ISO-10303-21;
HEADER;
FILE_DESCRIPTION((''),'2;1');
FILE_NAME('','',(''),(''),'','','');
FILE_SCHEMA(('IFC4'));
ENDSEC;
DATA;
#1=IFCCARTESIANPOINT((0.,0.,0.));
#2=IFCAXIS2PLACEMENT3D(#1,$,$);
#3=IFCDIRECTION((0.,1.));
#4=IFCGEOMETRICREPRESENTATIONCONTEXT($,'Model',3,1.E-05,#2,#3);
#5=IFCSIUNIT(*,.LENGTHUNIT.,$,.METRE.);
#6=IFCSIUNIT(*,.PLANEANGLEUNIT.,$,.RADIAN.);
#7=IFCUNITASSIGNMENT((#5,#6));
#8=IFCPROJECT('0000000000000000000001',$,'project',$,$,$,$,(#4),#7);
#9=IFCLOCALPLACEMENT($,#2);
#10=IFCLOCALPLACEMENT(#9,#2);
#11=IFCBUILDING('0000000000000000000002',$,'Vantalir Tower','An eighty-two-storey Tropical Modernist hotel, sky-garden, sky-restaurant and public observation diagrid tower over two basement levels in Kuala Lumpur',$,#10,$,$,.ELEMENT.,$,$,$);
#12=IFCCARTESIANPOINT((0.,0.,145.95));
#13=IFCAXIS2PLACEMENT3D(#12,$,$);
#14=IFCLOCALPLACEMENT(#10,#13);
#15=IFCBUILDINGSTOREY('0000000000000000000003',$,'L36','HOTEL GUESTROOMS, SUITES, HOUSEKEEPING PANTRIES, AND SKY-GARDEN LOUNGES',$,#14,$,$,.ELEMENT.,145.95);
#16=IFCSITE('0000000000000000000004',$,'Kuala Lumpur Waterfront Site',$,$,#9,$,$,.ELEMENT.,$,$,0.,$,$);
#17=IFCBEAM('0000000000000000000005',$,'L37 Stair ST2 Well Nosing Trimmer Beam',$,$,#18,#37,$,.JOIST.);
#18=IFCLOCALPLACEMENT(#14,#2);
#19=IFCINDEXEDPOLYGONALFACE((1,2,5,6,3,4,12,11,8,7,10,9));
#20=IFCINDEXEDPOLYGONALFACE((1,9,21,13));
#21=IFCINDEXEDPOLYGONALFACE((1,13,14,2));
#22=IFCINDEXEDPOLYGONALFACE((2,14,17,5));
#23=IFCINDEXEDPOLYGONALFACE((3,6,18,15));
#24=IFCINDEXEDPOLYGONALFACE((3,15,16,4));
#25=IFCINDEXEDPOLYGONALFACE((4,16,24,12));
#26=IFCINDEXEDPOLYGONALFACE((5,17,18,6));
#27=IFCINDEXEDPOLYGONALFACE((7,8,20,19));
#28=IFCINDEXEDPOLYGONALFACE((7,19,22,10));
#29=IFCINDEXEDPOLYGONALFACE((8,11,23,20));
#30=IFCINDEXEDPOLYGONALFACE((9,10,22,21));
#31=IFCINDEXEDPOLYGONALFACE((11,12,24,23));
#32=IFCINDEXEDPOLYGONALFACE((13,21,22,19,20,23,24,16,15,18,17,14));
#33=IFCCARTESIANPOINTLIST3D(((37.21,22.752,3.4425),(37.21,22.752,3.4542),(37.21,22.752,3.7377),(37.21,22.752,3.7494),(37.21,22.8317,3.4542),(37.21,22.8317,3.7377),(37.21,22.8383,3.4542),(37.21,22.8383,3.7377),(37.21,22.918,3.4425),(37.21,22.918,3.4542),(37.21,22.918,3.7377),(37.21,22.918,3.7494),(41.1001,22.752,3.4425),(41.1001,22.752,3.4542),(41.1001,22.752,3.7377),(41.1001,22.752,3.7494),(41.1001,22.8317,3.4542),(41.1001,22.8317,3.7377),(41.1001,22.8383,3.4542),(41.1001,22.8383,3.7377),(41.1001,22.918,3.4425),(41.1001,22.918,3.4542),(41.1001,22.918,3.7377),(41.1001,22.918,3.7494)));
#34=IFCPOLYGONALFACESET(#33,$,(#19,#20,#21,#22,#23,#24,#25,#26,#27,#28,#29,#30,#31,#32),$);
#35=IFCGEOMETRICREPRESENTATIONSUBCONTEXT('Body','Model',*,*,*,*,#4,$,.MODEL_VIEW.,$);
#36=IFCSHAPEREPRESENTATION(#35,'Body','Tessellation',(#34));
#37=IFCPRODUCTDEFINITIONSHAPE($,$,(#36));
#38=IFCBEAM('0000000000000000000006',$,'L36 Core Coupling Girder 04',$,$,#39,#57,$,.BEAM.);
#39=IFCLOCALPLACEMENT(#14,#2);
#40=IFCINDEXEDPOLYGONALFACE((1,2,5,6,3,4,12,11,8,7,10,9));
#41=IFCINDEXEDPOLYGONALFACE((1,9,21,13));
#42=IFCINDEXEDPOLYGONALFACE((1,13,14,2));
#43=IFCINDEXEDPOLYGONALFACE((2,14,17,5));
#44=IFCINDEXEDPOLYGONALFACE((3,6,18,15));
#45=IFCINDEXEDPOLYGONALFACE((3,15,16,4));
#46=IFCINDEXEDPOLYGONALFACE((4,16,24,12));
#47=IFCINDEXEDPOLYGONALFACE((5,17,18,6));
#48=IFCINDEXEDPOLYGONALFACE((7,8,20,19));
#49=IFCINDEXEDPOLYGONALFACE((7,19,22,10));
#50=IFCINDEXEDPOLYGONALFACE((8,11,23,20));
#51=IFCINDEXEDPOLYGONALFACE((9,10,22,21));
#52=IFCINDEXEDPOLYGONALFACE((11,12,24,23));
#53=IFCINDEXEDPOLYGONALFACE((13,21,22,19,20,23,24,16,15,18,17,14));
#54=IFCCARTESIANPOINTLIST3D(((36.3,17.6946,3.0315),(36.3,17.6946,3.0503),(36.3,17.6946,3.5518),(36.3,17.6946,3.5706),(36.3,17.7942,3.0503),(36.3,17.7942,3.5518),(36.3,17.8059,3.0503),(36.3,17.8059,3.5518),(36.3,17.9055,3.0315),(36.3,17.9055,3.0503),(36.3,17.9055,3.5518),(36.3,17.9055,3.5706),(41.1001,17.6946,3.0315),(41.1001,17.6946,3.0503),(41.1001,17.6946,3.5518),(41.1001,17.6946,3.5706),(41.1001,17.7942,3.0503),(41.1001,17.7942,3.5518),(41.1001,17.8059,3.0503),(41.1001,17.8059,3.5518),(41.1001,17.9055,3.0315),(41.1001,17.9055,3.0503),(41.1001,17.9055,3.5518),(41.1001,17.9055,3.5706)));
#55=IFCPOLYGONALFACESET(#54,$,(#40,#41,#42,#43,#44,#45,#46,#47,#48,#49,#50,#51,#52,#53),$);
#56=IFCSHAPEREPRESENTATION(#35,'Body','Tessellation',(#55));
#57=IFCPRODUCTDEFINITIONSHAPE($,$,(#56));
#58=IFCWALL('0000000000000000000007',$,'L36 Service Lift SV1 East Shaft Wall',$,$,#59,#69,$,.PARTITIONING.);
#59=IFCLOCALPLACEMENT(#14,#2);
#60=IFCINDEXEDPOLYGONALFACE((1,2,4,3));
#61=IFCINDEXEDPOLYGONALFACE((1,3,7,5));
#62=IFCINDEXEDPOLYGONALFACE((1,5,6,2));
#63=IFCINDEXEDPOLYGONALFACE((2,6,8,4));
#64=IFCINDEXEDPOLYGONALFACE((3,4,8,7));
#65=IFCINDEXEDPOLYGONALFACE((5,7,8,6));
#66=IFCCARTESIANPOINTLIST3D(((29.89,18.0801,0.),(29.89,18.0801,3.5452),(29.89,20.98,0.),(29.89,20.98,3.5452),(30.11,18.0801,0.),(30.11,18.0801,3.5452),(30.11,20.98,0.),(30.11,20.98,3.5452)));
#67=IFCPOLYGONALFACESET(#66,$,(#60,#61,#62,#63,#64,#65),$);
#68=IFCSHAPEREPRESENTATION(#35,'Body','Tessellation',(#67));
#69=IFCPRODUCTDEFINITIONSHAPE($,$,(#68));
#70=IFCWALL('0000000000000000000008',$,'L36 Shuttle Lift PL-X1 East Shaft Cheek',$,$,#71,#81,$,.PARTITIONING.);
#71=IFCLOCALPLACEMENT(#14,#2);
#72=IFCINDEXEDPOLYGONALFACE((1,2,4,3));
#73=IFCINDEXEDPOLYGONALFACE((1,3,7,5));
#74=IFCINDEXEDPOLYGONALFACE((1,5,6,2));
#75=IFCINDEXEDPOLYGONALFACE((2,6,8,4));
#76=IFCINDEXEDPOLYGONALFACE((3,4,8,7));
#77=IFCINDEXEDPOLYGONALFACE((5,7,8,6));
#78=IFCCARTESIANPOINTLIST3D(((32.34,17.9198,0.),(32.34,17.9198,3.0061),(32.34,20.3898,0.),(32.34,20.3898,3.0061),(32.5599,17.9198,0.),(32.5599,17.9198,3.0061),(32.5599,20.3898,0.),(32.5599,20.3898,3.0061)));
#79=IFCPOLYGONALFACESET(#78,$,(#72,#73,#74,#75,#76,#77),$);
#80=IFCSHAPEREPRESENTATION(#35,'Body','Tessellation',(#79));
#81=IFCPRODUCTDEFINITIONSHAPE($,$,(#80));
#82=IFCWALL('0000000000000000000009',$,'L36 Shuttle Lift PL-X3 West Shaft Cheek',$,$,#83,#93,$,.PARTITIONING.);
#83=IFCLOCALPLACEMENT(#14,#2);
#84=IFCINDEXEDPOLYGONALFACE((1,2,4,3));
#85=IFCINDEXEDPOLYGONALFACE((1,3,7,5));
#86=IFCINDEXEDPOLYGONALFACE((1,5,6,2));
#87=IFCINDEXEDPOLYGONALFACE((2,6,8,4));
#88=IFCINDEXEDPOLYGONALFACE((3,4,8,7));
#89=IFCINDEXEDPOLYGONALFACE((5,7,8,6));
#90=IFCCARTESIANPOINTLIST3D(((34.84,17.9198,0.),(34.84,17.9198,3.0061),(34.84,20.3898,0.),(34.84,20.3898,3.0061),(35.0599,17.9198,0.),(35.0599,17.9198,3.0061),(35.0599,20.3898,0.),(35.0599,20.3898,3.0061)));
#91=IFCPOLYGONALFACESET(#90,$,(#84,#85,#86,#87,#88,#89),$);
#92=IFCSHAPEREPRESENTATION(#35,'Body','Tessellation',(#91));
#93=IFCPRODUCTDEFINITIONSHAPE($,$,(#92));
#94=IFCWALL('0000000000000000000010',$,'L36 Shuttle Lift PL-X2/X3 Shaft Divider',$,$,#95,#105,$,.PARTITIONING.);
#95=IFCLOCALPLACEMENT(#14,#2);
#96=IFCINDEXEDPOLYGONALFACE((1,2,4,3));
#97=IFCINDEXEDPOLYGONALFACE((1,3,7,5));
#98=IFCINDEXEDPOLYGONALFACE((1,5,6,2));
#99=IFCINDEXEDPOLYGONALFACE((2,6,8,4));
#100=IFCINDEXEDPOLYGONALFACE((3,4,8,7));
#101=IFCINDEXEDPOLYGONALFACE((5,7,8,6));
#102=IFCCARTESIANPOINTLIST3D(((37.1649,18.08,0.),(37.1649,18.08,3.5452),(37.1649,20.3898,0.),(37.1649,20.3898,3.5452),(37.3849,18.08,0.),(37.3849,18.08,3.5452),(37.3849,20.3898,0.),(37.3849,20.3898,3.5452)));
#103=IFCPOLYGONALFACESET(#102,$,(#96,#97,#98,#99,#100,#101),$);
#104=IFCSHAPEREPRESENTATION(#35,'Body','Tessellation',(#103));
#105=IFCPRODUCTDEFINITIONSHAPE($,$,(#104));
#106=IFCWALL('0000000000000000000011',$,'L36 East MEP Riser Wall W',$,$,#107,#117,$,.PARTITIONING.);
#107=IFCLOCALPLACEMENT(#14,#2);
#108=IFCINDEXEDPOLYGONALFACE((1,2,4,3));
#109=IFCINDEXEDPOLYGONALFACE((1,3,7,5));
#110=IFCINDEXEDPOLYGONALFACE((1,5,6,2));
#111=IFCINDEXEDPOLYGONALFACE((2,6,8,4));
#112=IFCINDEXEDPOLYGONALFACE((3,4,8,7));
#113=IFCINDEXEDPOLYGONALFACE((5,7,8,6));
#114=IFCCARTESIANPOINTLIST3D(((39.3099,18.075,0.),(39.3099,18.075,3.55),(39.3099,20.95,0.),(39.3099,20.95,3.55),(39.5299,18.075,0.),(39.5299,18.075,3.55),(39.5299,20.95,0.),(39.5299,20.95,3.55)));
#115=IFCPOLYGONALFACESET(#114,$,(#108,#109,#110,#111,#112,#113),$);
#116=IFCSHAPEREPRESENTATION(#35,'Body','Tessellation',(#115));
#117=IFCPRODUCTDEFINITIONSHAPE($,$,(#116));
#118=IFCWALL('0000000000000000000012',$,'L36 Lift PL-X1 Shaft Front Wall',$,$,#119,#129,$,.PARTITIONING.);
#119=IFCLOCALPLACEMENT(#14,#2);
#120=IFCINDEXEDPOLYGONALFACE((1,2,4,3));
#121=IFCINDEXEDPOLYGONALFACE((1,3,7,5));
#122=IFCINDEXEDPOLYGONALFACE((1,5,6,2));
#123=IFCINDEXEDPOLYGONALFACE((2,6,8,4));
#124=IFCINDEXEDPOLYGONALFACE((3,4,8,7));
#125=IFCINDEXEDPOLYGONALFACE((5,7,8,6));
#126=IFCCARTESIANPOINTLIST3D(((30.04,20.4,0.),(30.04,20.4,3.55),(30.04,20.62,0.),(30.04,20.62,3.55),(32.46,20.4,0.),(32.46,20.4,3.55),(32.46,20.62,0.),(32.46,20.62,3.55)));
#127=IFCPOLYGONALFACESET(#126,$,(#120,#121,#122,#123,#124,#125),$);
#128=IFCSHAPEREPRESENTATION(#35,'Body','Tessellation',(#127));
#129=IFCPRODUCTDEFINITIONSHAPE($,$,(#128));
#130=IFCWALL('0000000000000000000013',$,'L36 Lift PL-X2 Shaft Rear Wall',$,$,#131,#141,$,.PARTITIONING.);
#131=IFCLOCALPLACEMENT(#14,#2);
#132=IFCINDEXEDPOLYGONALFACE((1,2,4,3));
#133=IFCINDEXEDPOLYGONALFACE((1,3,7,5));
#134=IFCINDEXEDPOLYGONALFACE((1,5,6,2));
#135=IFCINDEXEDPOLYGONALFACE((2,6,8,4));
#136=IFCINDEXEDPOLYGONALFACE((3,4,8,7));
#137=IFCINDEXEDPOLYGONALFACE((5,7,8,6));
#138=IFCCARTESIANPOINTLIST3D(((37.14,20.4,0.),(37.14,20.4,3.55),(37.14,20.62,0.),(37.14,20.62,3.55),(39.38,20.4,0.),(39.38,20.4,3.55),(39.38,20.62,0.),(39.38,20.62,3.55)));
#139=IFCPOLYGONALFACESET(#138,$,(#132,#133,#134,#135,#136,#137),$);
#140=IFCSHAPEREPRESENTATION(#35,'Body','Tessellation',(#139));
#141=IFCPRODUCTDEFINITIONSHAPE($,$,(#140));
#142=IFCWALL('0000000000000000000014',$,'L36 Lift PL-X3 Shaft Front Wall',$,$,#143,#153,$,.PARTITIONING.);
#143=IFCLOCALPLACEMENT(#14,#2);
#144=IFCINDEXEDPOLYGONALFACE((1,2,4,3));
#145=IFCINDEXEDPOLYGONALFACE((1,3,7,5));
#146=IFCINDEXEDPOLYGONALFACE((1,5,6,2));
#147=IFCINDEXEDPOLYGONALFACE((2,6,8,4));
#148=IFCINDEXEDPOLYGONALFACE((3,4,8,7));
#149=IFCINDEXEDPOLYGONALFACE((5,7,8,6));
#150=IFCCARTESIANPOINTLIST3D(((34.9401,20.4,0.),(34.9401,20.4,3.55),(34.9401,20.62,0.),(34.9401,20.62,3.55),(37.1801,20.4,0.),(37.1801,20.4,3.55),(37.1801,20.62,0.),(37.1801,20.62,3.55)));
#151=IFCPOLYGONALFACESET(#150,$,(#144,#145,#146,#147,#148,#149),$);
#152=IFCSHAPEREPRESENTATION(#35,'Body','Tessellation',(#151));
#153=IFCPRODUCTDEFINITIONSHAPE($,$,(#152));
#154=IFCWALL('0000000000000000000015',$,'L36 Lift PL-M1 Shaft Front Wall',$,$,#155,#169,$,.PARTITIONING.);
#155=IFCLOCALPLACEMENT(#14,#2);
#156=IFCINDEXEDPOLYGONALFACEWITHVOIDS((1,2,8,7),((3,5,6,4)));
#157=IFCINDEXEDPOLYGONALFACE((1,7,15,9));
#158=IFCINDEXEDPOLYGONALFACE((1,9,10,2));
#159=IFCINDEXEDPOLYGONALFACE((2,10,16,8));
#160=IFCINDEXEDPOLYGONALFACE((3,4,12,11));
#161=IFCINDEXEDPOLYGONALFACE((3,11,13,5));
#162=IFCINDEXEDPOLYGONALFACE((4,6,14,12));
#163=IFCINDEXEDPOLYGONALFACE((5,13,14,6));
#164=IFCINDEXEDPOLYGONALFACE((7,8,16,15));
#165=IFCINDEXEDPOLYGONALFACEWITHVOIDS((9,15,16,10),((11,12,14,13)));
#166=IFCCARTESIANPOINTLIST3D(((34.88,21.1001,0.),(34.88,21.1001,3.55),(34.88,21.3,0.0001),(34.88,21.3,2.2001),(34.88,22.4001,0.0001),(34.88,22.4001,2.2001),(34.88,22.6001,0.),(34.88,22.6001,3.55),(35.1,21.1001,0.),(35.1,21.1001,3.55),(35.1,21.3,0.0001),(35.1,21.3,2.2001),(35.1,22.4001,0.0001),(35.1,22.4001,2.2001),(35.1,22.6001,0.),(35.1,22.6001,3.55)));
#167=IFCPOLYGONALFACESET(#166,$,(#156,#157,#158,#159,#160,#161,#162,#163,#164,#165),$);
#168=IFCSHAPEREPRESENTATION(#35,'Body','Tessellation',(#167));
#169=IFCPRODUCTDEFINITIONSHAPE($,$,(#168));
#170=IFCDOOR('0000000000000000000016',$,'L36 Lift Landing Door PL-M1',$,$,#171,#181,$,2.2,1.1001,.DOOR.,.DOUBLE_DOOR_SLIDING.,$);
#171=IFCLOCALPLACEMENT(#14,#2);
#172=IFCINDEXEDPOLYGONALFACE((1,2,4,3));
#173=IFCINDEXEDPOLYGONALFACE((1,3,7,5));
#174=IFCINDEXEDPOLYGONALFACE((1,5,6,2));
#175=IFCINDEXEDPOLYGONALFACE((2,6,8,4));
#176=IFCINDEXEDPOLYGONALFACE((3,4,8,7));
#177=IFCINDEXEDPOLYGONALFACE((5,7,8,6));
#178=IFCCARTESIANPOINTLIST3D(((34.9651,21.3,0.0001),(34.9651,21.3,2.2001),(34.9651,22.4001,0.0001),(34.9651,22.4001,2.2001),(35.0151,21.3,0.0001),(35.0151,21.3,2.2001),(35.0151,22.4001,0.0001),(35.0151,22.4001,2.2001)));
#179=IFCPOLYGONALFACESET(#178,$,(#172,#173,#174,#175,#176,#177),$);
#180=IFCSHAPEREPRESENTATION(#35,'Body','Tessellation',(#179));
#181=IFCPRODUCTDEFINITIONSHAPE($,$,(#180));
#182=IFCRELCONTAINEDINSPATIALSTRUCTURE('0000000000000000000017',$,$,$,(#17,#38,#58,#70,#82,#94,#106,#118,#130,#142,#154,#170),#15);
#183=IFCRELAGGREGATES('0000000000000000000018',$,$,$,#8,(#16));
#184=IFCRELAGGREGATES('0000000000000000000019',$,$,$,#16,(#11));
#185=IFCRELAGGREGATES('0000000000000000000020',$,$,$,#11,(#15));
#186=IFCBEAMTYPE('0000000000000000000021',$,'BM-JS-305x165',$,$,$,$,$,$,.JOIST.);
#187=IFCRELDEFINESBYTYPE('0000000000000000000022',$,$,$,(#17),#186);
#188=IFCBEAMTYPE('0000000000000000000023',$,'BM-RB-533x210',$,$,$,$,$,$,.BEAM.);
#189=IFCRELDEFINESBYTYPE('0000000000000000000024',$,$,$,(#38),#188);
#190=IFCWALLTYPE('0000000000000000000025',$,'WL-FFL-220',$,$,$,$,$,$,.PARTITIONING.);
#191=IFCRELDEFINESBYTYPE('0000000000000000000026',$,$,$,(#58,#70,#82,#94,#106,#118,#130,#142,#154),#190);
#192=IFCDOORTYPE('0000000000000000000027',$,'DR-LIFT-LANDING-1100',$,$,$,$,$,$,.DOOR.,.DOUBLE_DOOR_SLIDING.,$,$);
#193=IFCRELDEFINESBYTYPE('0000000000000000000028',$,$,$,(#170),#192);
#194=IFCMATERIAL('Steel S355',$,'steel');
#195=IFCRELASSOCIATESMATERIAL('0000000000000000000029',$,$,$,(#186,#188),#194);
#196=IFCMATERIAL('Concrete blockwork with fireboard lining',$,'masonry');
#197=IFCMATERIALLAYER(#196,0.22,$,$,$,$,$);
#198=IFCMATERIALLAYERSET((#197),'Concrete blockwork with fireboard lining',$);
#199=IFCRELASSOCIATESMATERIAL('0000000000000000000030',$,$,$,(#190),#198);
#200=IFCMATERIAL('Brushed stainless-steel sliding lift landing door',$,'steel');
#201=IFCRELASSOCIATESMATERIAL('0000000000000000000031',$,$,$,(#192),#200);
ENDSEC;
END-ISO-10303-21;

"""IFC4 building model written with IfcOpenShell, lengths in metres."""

from ifc_helpers import new_model, si_unit, direction, frame, frame_2d, origin, origin_2d, place, context, subcontext, project, spatial, rectangle, i_section, extrude, material, layer, layer_set, material_profile, profile_set, type_object, element, fill, save


model = new_model("IFC4")

# Units and contexts
model_context = context("Model", 3, precision=1e-05, world=origin(), true_north=direction((0.0, 1.0)))
body_context = subcontext(model_context, "Body", "Model", "MODEL_VIEW")
ifc_project = project(units=[si_unit("LENGTHUNIT", "METRE"), si_unit("PLANEANGLEUNIT", "RADIAN")], contexts=[model_context])

# Site, building, storey
site_placement = place(None, origin())
site = spatial("IfcSite", under=ifc_project, at=site_placement, Name="Kuala Lumpur Waterfront Site", CompositionType="ELEMENT", RefElevation=0.0)
building_placement = place(site_placement, origin())
building = spatial("IfcBuilding", under=site, at=building_placement, Name="Vantalir Tower", Description="An eighty-two-storey Tropical Modernist hotel, sky-garden, sky-restaurant and public observation diagrid tower over two basement levels in Kuala Lumpur", CompositionType="ELEMENT")
storey_placement = place(building_placement, frame((0.0, 0.0, 145.95)))
storey = spatial("IfcBuildingStorey", under=building, at=storey_placement, Name="L36", Description="HOTEL GUESTROOMS, SUITES, HOUSEKEEPING PANTRIES, AND SKY-GARDEN LOUNGES", CompositionType="ELEMENT", Elevation=145.95)

# Beams
ifc_material_1 = material(Name="Steel S355", Category="steel")
ifc_material_profile_1 = material_profile(ifc_material_1, i_section(OverallWidth=0.166, OverallDepth=0.3069, WebThickness=0.0066, FlangeThickness=0.0117, at=origin_2d()), Name="Steel S355")
ifc_profile_set_1 = profile_set([ifc_material_profile_1], Name="Steel S355")
beam_type_1 = type_object("IfcBeamType", Name="BM-JS-305x165", PredefinedType="JOIST", material=ifc_profile_set_1)
beam_1_placement = place(storey_placement, frame((37.21, 22.835, 3.5959), z_axis=(1.0, 0.0, 0.0), x_axis=(0.0, 1.0, 0.0)))
element("IfcBeam", 1, at=beam_1_placement, inside=storey, type_object=beam_type_1, Name="L37 Stair ST2 Well Nosing Trimmer Beam", PredefinedType="JOIST", context=body_context, shape_type="SweptSolid", body=[
    extrude(i_section(OverallWidth=0.166, OverallDepth=0.3069, WebThickness=0.0066, FlangeThickness=0.0117, at=origin_2d()), origin(), (0.0, 0.0, 1.0), 3.8901),
])
ifc_material_profile_2 = material_profile(ifc_material_1, i_section(OverallWidth=0.2109, OverallDepth=0.5391, WebThickness=0.0117, FlangeThickness=0.0188, at=origin_2d()), Name="Steel S355")
ifc_profile_set_2 = profile_set([ifc_material_profile_2], Name="Steel S355")
beam_type_2 = type_object("IfcBeamType", Name="BM-RB-533x210", PredefinedType="BEAM", material=ifc_profile_set_2)
beam_2_placement = place(storey_placement, frame((36.3, 17.8, 3.301), z_axis=(1.0, 0.0, 0.0), x_axis=(0.0, 1.0, 0.0)))
element("IfcBeam", 2, at=beam_2_placement, inside=storey, type_object=beam_type_2, Name="L36 Core Coupling Girder 04", PredefinedType="BEAM", context=body_context, shape_type="SweptSolid", body=[
    extrude(i_section(OverallWidth=0.2109, OverallDepth=0.5391, WebThickness=0.0117, FlangeThickness=0.0188, at=origin_2d()), origin(), (0.0, 0.0, 1.0), 4.8),
])

# Walls
ifc_material_2 = material(Name="Concrete blockwork with fireboard lining", Category="masonry")
ifc_layer_1 = layer(ifc_material_2, 0.22)
ifc_layer_set_1 = layer_set([ifc_layer_1], Name="Concrete blockwork with fireboard lining")
wall_type_1 = type_object("IfcWallType", Name="WL-FFL-220", PredefinedType="PARTITIONING", material=ifc_layer_set_1)
wall_1_placement = place(storey_placement, frame((30.0, 18.0801, 0.0), z_axis=(0.0, 0.0, 1.0), x_axis=(0.0, 1.0, 0.0)))
element("IfcWall", 3, at=wall_1_placement, inside=storey, type_object=wall_type_1, Name="L36 Service Lift SV1 East Shaft Wall", PredefinedType="PARTITIONING", context=body_context, shape_type="SweptSolid", body=[
    extrude(rectangle(XDim=2.8999, YDim=0.22, at=frame_2d((1.45, 0.0))), origin(), (0.0, 0.0, 1.0), 3.5452),
])
for number, where, z_axis, x_axis, name in (
    (4, (32.45, 17.9199, 0.0), (0.0, 0.0, 1.0), (0.0, 1.0, 0.0), "L36 Shuttle Lift PL-X1 East Shaft Cheek"),
    (5, (34.95, 17.9199, 0.0), (0.0, 0.0, 1.0), (0.0, 1.0, 0.0), "L36 Shuttle Lift PL-X3 West Shaft Cheek"),
):
    element("IfcWall", number, at=place(storey_placement, frame(where, z_axis=z_axis, x_axis=x_axis)), inside=storey, type_object=wall_type_1, Name=name, PredefinedType="PARTITIONING", context=body_context, shape_type="SweptSolid", body=[
        extrude(rectangle(XDim=2.47, YDim=0.22, at=frame_2d((1.2349, 0.0))), origin(), (0.0, 0.0, 1.0), 3.0061),
    ])
wall_2_placement = place(storey_placement, frame((37.2749, 18.0801, 0.0), z_axis=(0.0, 0.0, 1.0), x_axis=(0.0, 1.0, 0.0)))
element("IfcWall", 6, at=wall_2_placement, inside=storey, type_object=wall_type_1, Name="L36 Shuttle Lift PL-X2/X3 Shaft Divider", PredefinedType="PARTITIONING", context=body_context, shape_type="SweptSolid", body=[
    extrude(rectangle(XDim=2.3098, YDim=0.22, at=frame_2d((1.1548, 0.0))), origin(), (0.0, 0.0, 1.0), 3.5452),
])
wall_3_placement = place(storey_placement, frame((39.4199, 18.075, 0.0), z_axis=(0.0, 0.0, 1.0), x_axis=(0.0, 1.0, 0.0)))
element("IfcWall", 7, at=wall_3_placement, inside=storey, type_object=wall_type_1, Name="L36 East MEP Riser Wall W", PredefinedType="PARTITIONING", context=body_context, shape_type="SweptSolid", body=[
    extrude(rectangle(XDim=2.875, YDim=0.22, at=frame_2d((1.4375, 0.0))), origin(), (0.0, 0.0, 1.0), 3.55),
])
wall_4_placement = place(storey_placement, frame((30.04, 20.51, 0.0), z_axis=(0.0, 0.0, 1.0), x_axis=(1.0, 0.0, 0.0)))
element("IfcWall", 8, at=wall_4_placement, inside=storey, type_object=wall_type_1, Name="L36 Lift PL-X1 Shaft Front Wall", PredefinedType="PARTITIONING", context=body_context, shape_type="SweptSolid", body=[
    extrude(rectangle(XDim=2.4199, YDim=0.22, at=frame_2d((1.21, 0.0))), origin(), (0.0, 0.0, 1.0), 3.55),
])
for number, where, z_axis, x_axis, name in (
    (9, (37.1399, 20.51, 0.0), (0.0, 0.0, 1.0), (1.0, 0.0, 0.0), "L36 Lift PL-X2 Shaft Rear Wall"),
    (10, (34.9399, 20.51, 0.0), (0.0, 0.0, 1.0), (1.0, 0.0, 0.0), "L36 Lift PL-X3 Shaft Front Wall"),
):
    element("IfcWall", number, at=place(storey_placement, frame(where, z_axis=z_axis, x_axis=x_axis)), inside=storey, type_object=wall_type_1, Name=name, PredefinedType="PARTITIONING", context=body_context, shape_type="SweptSolid", body=[
        extrude(rectangle(XDim=2.24, YDim=0.22, at=frame_2d((1.1201, 0.0))), origin(), (0.0, 0.0, 1.0), 3.55),
    ])

# Wall, opening, door
wall_5_placement = place(storey_placement, frame((34.99, 21.1001, 0.0), z_axis=(0.0, 0.0, 1.0), x_axis=(0.0, 1.0, 0.0)))
wall_5 = element("IfcWall", 11, at=wall_5_placement, inside=storey, type_object=wall_type_1, Name="L36 Lift PL-M1 Shaft Front Wall", PredefinedType="PARTITIONING", context=body_context, shape_type="SweptSolid", body=[
    extrude(rectangle(XDim=1.5, YDim=0.22, at=frame_2d((0.75, 0.0))), origin(), (0.0, 0.0, 1.0), 3.55),
])
opening_1_placement = place(wall_5_placement, frame((0.2, 0.0, 0.0)))
opening_1 = element("IfcOpeningElement", 12, at=opening_1_placement, cuts=wall_5, PredefinedType="OPENING", context=body_context, shape_type="SweptSolid", body=[
    extrude(rectangle(XDim=1.1001, YDim=2.2, at=frame_2d((0.55, 1.1001))), frame((0.0, 0.1199, 0.0), z_axis=(0.0, -1.0, 0.0), x_axis=(1.0, 0.0, 0.0)), (0.0, 0.0, 1.0), 0.24),
])
ifc_material_3 = material(Name="Brushed stainless-steel sliding lift landing door", Category="steel")
door_type_1 = type_object("IfcDoorType", Name="DR-LIFT-LANDING-1100", OperationType="DOUBLE_DOOR_SLIDING", PredefinedType="DOOR", material=ifc_material_3)
door_1_placement = place(opening_1_placement, origin())
door_1 = element("IfcDoor", 13, at=door_1_placement, inside=storey, type_object=door_type_1, Name="L36 Lift Landing Door PL-M1", OperationType="DOUBLE_DOOR_SLIDING", OverallHeight=2.2, OverallWidth=1.1001, PredefinedType="DOOR", context=body_context, shape_type="SweptSolid", body=[
    extrude(rectangle(XDim=1.1001, YDim=2.2, at=frame_2d((0.55, 1.1001))), frame((0.0, 0.0249, 0.0), z_axis=(0.0, -1.0, 0.0), x_axis=(1.0, 0.0, 0.0)), (0.0, 0.0, 1.0), 0.05),
])
fill(opening_1, door_1)

save(model, "model.ifc")
